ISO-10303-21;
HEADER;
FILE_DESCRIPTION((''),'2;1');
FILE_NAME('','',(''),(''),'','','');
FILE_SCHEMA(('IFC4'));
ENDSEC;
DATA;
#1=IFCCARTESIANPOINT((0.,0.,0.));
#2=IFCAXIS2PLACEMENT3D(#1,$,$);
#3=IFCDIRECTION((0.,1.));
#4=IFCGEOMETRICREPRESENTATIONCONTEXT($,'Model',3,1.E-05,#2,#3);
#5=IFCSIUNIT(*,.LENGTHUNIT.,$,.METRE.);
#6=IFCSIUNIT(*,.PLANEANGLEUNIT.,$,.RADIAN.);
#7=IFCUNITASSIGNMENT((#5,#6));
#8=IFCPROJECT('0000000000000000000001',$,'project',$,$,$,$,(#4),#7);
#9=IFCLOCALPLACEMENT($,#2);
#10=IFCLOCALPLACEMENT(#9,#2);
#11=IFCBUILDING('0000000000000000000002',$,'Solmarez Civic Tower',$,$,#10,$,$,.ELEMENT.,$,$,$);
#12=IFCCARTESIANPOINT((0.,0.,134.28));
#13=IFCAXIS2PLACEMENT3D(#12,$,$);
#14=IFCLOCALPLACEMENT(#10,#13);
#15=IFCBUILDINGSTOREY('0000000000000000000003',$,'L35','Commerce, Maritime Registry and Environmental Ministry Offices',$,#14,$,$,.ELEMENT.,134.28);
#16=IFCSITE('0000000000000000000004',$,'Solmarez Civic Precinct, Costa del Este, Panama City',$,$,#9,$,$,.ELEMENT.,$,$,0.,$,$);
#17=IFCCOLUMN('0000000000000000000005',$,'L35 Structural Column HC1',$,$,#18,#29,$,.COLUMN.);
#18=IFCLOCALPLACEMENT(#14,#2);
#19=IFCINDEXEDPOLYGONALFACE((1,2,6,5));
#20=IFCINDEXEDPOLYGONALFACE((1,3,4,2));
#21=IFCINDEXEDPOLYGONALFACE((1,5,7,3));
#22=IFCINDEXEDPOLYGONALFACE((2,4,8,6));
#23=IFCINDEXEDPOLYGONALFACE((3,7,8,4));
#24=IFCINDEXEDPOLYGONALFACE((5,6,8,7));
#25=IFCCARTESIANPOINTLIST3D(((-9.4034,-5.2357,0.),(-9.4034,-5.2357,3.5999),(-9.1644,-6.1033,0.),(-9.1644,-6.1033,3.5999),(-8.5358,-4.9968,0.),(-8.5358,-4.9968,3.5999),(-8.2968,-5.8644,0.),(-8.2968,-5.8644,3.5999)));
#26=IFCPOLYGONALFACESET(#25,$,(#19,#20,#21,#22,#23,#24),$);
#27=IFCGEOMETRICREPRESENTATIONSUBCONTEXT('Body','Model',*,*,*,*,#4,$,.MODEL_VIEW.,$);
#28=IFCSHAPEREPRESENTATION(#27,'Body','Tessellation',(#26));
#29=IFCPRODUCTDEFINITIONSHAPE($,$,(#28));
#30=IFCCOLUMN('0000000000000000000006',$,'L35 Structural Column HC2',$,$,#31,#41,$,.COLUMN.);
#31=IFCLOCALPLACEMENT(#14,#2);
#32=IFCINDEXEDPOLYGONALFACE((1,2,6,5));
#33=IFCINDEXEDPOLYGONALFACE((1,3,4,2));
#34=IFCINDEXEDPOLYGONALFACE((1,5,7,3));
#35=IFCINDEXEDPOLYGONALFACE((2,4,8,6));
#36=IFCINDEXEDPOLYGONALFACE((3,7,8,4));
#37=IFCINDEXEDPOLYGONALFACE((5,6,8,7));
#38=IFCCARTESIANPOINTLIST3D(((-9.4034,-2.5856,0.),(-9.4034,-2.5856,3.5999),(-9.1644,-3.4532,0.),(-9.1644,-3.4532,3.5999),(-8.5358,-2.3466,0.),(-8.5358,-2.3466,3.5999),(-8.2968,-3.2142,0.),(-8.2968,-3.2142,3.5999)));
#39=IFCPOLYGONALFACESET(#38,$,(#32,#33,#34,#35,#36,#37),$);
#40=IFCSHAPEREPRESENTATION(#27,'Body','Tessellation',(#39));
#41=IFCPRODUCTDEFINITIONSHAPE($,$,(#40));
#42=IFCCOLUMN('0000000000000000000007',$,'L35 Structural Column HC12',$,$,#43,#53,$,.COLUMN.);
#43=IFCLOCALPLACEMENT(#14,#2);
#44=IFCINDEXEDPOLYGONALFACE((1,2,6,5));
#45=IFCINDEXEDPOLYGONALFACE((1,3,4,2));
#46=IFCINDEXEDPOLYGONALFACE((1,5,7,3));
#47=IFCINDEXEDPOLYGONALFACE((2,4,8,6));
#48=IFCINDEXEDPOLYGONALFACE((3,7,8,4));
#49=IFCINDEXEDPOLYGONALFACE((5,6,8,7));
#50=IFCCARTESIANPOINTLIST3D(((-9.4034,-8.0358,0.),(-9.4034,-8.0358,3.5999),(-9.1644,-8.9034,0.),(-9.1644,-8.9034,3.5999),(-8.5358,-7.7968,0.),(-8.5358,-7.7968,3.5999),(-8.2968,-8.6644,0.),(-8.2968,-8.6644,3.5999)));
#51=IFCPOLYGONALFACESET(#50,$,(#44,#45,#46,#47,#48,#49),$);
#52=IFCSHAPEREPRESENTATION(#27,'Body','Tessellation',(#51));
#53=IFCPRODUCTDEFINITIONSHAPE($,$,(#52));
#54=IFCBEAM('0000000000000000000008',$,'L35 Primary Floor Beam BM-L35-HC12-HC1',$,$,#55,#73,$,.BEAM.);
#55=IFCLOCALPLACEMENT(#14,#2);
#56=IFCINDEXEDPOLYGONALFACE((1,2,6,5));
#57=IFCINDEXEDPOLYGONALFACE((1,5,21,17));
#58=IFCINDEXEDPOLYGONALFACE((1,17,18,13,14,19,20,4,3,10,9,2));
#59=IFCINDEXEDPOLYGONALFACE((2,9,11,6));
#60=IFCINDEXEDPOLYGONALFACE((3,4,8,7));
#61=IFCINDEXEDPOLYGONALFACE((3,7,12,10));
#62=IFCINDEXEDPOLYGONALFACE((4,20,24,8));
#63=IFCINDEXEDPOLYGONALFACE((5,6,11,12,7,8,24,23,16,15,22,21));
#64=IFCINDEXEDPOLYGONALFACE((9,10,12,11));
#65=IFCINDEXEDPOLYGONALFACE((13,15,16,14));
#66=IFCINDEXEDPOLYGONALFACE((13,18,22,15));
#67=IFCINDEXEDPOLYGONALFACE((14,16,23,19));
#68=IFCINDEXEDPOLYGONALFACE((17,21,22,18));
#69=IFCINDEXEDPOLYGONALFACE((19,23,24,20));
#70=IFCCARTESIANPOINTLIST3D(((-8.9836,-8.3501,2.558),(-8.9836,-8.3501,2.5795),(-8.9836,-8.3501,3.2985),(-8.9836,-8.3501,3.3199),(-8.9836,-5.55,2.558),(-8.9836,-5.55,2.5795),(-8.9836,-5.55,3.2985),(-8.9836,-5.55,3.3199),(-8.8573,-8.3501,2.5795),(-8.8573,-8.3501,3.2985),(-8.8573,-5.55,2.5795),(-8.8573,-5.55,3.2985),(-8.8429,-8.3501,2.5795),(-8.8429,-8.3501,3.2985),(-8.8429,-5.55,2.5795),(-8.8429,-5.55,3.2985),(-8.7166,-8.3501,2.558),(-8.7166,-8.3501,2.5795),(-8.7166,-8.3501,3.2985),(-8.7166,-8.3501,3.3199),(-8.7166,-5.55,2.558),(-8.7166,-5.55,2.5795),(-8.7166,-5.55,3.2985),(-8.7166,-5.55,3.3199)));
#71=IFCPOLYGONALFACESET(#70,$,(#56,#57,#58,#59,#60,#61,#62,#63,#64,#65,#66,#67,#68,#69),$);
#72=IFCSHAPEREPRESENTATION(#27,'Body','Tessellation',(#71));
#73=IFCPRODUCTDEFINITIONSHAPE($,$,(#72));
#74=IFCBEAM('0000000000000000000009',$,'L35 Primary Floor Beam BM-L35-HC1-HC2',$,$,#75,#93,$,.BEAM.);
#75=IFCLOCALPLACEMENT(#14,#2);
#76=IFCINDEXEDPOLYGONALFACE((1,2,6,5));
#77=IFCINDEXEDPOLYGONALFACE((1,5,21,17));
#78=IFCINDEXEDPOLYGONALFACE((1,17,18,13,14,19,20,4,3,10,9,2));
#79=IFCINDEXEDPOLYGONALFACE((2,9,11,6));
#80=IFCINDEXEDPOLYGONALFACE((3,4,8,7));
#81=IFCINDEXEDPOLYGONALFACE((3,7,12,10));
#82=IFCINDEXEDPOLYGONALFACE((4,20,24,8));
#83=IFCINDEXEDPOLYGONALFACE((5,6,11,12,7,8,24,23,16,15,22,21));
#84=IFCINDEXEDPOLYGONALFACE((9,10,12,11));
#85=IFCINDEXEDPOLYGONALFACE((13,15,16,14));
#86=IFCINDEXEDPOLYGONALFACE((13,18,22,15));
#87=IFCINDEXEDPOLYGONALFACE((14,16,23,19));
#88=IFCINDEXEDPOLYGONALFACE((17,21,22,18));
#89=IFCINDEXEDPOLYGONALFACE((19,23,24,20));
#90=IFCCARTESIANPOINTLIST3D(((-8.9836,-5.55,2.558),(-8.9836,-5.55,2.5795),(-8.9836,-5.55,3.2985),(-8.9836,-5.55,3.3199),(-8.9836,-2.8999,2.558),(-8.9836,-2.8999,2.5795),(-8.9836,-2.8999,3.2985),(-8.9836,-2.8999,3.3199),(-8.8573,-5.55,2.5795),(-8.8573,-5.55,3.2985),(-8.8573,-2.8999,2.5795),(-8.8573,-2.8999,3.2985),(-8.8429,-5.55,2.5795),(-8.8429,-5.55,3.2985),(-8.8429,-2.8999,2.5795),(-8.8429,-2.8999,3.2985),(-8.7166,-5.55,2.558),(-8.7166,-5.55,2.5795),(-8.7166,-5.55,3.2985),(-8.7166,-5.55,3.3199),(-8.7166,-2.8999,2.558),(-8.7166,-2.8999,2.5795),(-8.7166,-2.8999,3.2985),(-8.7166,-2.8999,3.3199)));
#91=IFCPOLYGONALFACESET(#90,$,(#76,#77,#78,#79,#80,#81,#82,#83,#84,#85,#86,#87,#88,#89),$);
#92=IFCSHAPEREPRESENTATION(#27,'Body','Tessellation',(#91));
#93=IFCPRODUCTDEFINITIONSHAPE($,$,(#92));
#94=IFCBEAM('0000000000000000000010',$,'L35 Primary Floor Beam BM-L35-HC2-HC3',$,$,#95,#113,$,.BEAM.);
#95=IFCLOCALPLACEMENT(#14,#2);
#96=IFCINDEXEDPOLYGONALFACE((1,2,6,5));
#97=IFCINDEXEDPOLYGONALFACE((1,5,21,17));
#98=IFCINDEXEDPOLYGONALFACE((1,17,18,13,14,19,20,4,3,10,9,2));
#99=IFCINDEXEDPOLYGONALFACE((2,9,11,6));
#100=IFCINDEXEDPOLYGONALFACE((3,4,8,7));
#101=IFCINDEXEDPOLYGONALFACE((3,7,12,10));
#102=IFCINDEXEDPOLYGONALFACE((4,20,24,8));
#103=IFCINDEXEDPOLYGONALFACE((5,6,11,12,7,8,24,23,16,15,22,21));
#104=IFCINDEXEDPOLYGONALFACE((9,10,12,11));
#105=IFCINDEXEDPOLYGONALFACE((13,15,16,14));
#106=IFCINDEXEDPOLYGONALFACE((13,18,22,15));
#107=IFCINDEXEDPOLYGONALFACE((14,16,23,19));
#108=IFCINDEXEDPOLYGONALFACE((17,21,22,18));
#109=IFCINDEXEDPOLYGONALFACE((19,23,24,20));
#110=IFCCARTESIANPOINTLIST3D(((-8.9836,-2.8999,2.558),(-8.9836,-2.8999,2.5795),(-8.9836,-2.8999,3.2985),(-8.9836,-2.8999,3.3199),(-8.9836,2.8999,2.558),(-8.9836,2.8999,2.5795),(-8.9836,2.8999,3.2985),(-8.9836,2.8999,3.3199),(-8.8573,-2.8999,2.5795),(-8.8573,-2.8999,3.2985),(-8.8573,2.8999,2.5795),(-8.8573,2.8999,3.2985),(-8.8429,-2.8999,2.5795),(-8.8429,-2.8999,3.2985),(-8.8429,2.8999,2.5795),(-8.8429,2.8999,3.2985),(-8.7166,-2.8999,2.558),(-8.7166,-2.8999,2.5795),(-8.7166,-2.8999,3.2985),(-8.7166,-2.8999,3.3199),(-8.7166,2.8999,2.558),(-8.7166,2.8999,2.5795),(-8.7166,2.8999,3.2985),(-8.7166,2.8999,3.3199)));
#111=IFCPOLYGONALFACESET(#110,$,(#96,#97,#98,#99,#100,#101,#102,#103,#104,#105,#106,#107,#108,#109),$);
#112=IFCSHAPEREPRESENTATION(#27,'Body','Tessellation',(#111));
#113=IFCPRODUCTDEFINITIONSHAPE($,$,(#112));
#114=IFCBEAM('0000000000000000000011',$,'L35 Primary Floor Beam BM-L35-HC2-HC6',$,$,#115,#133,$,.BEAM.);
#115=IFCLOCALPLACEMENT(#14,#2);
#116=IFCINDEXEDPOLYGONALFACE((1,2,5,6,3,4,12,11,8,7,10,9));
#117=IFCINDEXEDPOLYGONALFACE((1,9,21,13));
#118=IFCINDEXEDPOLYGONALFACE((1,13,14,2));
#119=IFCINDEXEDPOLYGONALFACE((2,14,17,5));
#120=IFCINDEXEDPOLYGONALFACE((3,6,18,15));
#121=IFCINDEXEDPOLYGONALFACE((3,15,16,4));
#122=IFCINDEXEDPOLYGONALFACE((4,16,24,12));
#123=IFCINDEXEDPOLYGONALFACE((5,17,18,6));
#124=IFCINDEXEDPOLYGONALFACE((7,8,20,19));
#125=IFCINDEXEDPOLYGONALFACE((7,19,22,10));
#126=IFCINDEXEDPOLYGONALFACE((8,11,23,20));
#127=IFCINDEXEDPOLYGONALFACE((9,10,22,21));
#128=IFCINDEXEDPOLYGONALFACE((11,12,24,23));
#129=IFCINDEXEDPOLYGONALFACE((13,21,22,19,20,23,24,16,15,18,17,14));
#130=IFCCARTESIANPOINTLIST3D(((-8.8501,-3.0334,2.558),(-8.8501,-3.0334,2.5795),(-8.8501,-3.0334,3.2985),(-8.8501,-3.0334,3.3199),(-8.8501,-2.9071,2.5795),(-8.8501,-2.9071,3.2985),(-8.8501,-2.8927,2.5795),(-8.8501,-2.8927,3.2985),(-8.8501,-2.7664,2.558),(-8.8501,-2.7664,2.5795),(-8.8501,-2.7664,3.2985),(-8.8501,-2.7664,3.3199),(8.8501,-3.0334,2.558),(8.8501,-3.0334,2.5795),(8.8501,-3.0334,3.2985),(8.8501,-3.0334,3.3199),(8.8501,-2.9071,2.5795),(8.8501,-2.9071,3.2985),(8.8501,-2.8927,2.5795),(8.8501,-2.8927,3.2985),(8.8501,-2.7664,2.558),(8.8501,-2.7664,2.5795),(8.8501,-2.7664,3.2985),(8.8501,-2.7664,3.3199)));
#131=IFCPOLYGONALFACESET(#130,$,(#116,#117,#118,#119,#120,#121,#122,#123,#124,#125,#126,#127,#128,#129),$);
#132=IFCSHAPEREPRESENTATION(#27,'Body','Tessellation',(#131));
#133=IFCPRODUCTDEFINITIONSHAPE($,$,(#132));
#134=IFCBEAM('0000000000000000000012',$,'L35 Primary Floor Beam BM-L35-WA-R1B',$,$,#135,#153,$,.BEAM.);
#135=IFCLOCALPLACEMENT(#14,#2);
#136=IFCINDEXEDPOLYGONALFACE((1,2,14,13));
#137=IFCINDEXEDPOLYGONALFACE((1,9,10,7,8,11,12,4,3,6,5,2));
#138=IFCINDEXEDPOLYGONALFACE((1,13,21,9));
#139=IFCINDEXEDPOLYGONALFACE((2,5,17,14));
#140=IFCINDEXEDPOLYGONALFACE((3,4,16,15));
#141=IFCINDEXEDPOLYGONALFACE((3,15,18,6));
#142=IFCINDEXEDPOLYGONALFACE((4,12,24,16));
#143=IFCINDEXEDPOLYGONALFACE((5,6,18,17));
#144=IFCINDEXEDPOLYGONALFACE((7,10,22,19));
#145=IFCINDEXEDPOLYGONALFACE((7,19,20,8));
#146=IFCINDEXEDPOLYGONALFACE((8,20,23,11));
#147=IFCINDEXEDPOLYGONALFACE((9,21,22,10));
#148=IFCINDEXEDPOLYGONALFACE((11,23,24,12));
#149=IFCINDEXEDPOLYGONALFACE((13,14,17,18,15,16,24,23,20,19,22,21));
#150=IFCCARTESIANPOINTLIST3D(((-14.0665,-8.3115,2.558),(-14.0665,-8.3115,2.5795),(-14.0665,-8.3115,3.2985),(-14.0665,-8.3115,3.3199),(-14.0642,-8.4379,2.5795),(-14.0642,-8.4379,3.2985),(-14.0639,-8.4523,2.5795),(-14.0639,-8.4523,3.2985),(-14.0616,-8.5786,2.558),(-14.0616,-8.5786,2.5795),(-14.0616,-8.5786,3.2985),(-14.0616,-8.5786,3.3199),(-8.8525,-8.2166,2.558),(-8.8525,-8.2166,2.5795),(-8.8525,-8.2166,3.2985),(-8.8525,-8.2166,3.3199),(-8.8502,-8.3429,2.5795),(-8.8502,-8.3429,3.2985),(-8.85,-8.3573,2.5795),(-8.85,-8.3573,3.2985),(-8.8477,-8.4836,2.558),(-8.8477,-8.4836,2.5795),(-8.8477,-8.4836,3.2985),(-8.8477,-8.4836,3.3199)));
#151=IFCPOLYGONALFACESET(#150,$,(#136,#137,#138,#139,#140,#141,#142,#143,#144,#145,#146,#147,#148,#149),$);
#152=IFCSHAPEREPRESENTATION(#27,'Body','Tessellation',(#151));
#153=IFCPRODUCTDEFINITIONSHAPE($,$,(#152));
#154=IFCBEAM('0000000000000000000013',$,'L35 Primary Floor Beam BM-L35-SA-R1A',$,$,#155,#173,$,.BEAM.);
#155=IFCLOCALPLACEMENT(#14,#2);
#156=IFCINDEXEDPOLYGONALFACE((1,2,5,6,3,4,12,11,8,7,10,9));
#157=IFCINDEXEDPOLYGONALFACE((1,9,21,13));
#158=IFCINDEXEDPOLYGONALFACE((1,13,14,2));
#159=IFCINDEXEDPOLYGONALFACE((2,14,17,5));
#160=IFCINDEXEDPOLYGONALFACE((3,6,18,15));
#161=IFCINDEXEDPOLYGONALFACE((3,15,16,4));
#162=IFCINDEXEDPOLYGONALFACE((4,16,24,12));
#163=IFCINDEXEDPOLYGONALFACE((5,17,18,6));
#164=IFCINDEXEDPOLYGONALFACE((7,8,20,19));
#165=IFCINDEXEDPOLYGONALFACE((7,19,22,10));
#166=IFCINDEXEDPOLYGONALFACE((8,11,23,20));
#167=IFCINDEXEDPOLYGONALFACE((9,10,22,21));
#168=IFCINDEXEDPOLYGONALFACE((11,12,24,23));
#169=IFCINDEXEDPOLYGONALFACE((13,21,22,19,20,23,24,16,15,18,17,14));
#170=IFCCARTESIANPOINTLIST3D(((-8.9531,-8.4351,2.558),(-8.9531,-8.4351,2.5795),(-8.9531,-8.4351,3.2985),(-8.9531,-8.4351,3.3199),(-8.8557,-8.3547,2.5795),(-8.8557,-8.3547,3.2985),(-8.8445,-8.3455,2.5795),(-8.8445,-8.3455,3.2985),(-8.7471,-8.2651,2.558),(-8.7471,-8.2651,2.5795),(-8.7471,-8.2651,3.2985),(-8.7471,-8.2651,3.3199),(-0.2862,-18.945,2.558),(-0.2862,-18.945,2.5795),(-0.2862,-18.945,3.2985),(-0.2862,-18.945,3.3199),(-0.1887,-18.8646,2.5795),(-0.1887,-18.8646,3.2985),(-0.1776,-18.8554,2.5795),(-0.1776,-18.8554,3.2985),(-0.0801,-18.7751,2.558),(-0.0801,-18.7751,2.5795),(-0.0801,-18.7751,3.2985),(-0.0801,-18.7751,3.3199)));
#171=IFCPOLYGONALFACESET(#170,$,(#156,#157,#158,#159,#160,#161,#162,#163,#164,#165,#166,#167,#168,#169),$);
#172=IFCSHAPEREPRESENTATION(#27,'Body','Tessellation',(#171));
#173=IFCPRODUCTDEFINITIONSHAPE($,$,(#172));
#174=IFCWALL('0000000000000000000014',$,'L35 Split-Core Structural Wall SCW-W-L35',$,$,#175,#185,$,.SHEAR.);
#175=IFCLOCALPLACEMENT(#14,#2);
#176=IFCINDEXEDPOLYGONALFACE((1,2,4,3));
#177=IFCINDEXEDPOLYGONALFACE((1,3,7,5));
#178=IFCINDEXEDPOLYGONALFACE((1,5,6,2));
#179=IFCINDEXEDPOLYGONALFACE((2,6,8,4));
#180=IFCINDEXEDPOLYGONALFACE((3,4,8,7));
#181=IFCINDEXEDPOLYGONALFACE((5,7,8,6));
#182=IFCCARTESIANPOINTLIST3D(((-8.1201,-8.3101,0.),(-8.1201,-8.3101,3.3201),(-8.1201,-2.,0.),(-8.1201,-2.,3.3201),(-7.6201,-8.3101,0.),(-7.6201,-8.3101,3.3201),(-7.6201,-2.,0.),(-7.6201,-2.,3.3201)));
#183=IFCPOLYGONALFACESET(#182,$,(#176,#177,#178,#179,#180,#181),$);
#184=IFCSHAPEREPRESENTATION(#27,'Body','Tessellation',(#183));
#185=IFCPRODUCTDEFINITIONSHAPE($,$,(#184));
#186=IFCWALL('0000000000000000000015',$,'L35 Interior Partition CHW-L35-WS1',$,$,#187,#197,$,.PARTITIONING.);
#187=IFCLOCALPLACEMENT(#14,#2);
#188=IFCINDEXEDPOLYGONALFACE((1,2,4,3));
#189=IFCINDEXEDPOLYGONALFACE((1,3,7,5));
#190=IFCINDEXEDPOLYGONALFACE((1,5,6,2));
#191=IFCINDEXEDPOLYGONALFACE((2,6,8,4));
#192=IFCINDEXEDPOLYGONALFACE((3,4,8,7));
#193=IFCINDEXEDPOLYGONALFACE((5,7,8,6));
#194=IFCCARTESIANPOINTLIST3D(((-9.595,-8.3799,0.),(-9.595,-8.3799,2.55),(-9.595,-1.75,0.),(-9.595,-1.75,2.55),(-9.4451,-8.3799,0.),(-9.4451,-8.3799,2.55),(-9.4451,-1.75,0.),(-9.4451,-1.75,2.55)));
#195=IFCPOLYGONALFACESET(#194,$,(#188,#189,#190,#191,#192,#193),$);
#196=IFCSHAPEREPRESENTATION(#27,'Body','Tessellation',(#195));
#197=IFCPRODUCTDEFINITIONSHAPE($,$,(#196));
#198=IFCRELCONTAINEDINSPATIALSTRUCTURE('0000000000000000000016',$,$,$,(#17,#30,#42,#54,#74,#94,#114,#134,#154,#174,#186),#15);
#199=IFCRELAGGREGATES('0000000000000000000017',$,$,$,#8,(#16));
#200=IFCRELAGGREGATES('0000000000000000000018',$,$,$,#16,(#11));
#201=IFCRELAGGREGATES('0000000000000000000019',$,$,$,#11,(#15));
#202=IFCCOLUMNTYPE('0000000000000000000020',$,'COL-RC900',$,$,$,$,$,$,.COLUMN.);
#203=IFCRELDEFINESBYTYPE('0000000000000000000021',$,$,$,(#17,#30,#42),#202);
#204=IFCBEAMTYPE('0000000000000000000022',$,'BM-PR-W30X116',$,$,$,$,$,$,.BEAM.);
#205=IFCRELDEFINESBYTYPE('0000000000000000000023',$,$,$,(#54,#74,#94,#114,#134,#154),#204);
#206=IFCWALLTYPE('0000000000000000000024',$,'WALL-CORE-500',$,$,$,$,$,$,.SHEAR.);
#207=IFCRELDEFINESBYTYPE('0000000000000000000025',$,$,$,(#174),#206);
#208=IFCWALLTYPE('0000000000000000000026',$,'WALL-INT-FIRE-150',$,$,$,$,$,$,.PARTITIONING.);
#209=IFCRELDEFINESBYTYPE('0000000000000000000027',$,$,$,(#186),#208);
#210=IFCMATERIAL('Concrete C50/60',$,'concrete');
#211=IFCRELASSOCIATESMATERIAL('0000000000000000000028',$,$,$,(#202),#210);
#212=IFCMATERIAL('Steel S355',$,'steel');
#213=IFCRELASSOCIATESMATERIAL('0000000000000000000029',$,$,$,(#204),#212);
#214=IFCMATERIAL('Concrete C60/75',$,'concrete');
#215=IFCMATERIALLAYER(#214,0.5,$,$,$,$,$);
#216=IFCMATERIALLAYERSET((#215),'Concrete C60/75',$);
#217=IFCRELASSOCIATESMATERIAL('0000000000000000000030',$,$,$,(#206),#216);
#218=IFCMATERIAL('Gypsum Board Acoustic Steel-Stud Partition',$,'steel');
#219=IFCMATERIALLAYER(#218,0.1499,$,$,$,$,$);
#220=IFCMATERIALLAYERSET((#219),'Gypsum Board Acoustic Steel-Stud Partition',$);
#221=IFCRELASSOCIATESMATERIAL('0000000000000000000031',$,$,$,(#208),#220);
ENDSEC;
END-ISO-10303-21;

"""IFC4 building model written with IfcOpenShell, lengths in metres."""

from ifc_helpers import new_model, si_unit, direction, frame, frame_2d, origin, origin_2d, place, context, subcontext, project, spatial, rectangle, i_section, extrude, material, layer, layer_set, material_profile, profile_set, type_object, element, save


model = new_model("IFC4")

# Units and contexts
model_context = context("Model", 3, precision=1e-05, world=origin(), true_north=direction((0.0, 1.0)))
body_context = subcontext(model_context, "Body", "Model", "MODEL_VIEW")
ifc_project = project(units=[si_unit("LENGTHUNIT", "METRE"), si_unit("PLANEANGLEUNIT", "RADIAN")], contexts=[model_context])

# Site, building, storey
site_placement = place(None, origin())
site = spatial("IfcSite", under=ifc_project, at=site_placement, Name="Solmarez Civic Precinct, Costa del Este, Panama City", CompositionType="ELEMENT", RefElevation=0.0)
building_placement = place(site_placement, origin())
building = spatial("IfcBuilding", under=site, at=building_placement, Name="Solmarez Civic Tower", CompositionType="ELEMENT")
storey_placement = place(building_placement, frame((0.0, 0.0, 134.28)))
storey = spatial("IfcBuildingStorey", under=building, at=storey_placement, Name="L35", Description="Commerce, Maritime Registry and Environmental Ministry Offices", CompositionType="ELEMENT", Elevation=134.28)

# Columns
ifc_material_1 = material(Name="Concrete C50/60", Category="concrete")
ifc_material_profile_1 = material_profile(ifc_material_1, rectangle(XDim=0.8999, YDim=0.8999, at=origin_2d()), Name="RC900X900")
ifc_profile_set_1 = profile_set([ifc_material_profile_1], Name="Concrete C50/60")
column_type = type_object("IfcColumnType", Name="COL-RC900", PredefinedType="COLUMN", material=ifc_profile_set_1)
for number, where, z_axis, x_axis, name in (
    (1, (-8.8501, -5.55, 0.0), (0.0, 0.0, 1.0), (0.964095, 0.265556, 0.0), "L35 Structural Column HC1"),
    (2, (-8.8501, -2.8999, 0.0), (0.0, 0.0, 1.0), (0.964095, 0.265556, 0.0), "L35 Structural Column HC2"),
    (3, (-8.8501, -8.3501, 0.0), (0.0, 0.0, 1.0), (0.964095, 0.265556, 0.0), "L35 Structural Column HC12"),
):
    element("IfcColumn", number, at=place(storey_placement, frame(where, z_axis=z_axis, x_axis=x_axis)), inside=storey, type_object=column_type, Name=name, PredefinedType="COLUMN", context=body_context, shape_type="SweptSolid", body=[
        extrude(rectangle(XDim=0.8999, YDim=0.8999, at=origin_2d()), origin(), (0.0, 0.0, 1.0), 3.5999),
    ])

# Beams
ifc_material_2 = material(Name="Steel S355", Category="steel")
ifc_material_profile_2 = material_profile(ifc_material_2, i_section(OverallWidth=0.2671, OverallDepth=0.762, WebThickness=0.0144, FlangeThickness=0.0215, at=origin_2d()), Name="W30X116")
ifc_profile_set_2 = profile_set([ifc_material_profile_2], Name="Steel S355")
beam_type = type_object("IfcBeamType", Name="BM-PR-W30X116", PredefinedType="BEAM", material=ifc_profile_set_2)
beam_1_placement = place(storey_placement, frame((-8.8501, -8.3501, 2.939), z_axis=(0.0, 1.0, 0.0), x_axis=(-1.0, 0.0, 0.0)))
element("IfcBeam", 4, at=beam_1_placement, inside=storey, type_object=beam_type, Name="L35 Primary Floor Beam BM-L35-HC12-HC1", PredefinedType="BEAM", context=body_context, shape_type="SweptSolid", body=[
    extrude(i_section(OverallWidth=0.2671, OverallDepth=0.762, WebThickness=0.0144, FlangeThickness=0.0215, at=origin_2d()), origin(), (0.0, 0.0, 1.0), 2.8),
])
beam_2_placement = place(storey_placement, frame((-8.8501, -5.55, 2.939), z_axis=(0.0, 1.0, 0.0), x_axis=(-1.0, 0.0, 0.0)))
element("IfcBeam", 5, at=beam_2_placement, inside=storey, type_object=beam_type, Name="L35 Primary Floor Beam BM-L35-HC1-HC2", PredefinedType="BEAM", context=body_context, shape_type="SweptSolid", body=[
    extrude(i_section(OverallWidth=0.2671, OverallDepth=0.762, WebThickness=0.0144, FlangeThickness=0.0215, at=origin_2d()), origin(), (0.0, 0.0, 1.0), 2.6501),
])
beam_3_placement = place(storey_placement, frame((-8.8501, -2.8999, 2.939), z_axis=(0.0, 1.0, 0.0), x_axis=(-1.0, 0.0, 0.0)))
element("IfcBeam", 6, at=beam_3_placement, inside=storey, type_object=beam_type, Name="L35 Primary Floor Beam BM-L35-HC2-HC3", PredefinedType="BEAM", context=body_context, shape_type="SweptSolid", body=[
    extrude(i_section(OverallWidth=0.2671, OverallDepth=0.762, WebThickness=0.0144, FlangeThickness=0.0215, at=origin_2d()), origin(), (0.0, 0.0, 1.0), 5.7998),
])
beam_4_placement = place(storey_placement, frame((-8.8501, -2.8999, 2.939), z_axis=(1.0, 0.0, 0.0), x_axis=(0.0, 1.0, 0.0)))
element("IfcBeam", 7, at=beam_4_placement, inside=storey, type_object=beam_type, Name="L35 Primary Floor Beam BM-L35-HC2-HC6", PredefinedType="BEAM", context=body_context, shape_type="SweptSolid", body=[
    extrude(i_section(OverallWidth=0.2671, OverallDepth=0.762, WebThickness=0.0144, FlangeThickness=0.0215, at=origin_2d()), origin(), (0.0, 0.0, 1.0), 17.7002),
])
beam_5_placement = place(storey_placement, frame((-8.8501, -8.3501, 2.939), z_axis=(-0.999834, -0.018212, 0.0), x_axis=(0.018212, -0.999834, 0.0)))
element("IfcBeam", 8, at=beam_5_placement, inside=storey, type_object=beam_type, Name="L35 Primary Floor Beam BM-L35-WA-R1B", PredefinedType="BEAM", context=body_context, shape_type="SweptSolid", body=[
    extrude(i_section(OverallWidth=0.2671, OverallDepth=0.762, WebThickness=0.0144, FlangeThickness=0.0215, at=origin_2d()), origin(), (0.0, 0.0, 1.0), 5.2148),
])
beam_6_placement = place(storey_placement, frame((-8.8501, -8.3501, 2.939), z_axis=(0.636218, -0.771509, 0.0), x_axis=(0.771509, 0.636218, 0.0)))
element("IfcBeam", 9, at=beam_6_placement, inside=storey, type_object=beam_type, Name="L35 Primary Floor Beam BM-L35-SA-R1A", PredefinedType="BEAM", context=body_context, shape_type="SweptSolid", body=[
    extrude(i_section(OverallWidth=0.2671, OverallDepth=0.762, WebThickness=0.0144, FlangeThickness=0.0215, at=origin_2d()), origin(), (0.0, 0.0, 1.0), 13.6226),
])

# Shared definitions
ifc_material_3 = material(Name="Concrete C60/75", Category="concrete")
ifc_layer_1 = layer(ifc_material_3, 0.5)
ifc_layer_set_1 = layer_set([ifc_layer_1], Name="Concrete C60/75")
wall_type_1 = type_object("IfcWallType", Name="WALL-CORE-500", PredefinedType="SHEAR", material=ifc_layer_set_1)

# Walls
wall_1_placement = place(storey_placement, frame((-7.8701, -8.3101, 0.0), z_axis=(0.0, 0.0, 1.0), x_axis=(0.0, 1.0, 0.0)))
element("IfcWall", 10, at=wall_1_placement, inside=storey, type_object=wall_type_1, Name="L35 Split-Core Structural Wall SCW-W-L35", PredefinedType="SHEAR", context=body_context, shape_type="SweptSolid", body=[
    extrude(rectangle(XDim=6.3101, YDim=0.5, at=frame_2d((3.155, 0.0))), origin(), (0.0, 0.0, 1.0), 3.3201),
])
ifc_material_4 = material(Name="Gypsum Board Acoustic Steel-Stud Partition", Category="steel")
ifc_layer_2 = layer(ifc_material_4, 0.1499)
ifc_layer_set_2 = layer_set([ifc_layer_2], Name="Gypsum Board Acoustic Steel-Stud Partition")
wall_type_2 = type_object("IfcWallType", Name="WALL-INT-FIRE-150", PredefinedType="PARTITIONING", material=ifc_layer_set_2)
wall_2_placement = place(storey_placement, frame((-9.52, -8.3799, 0.0), z_axis=(0.0, 0.0, 1.0), x_axis=(0.0, 1.0, 0.0)))
element("IfcWall", 11, at=wall_2_placement, inside=storey, type_object=wall_type_2, Name="L35 Interior Partition CHW-L35-WS1", PredefinedType="PARTITIONING", context=body_context, shape_type="SweptSolid", body=[
    extrude(rectangle(XDim=6.6299, YDim=0.1499, at=frame_2d((3.3149, 0.0))), origin(), (0.0, 0.0, 1.0), 2.55),
])

save(model, "model.ifc")
